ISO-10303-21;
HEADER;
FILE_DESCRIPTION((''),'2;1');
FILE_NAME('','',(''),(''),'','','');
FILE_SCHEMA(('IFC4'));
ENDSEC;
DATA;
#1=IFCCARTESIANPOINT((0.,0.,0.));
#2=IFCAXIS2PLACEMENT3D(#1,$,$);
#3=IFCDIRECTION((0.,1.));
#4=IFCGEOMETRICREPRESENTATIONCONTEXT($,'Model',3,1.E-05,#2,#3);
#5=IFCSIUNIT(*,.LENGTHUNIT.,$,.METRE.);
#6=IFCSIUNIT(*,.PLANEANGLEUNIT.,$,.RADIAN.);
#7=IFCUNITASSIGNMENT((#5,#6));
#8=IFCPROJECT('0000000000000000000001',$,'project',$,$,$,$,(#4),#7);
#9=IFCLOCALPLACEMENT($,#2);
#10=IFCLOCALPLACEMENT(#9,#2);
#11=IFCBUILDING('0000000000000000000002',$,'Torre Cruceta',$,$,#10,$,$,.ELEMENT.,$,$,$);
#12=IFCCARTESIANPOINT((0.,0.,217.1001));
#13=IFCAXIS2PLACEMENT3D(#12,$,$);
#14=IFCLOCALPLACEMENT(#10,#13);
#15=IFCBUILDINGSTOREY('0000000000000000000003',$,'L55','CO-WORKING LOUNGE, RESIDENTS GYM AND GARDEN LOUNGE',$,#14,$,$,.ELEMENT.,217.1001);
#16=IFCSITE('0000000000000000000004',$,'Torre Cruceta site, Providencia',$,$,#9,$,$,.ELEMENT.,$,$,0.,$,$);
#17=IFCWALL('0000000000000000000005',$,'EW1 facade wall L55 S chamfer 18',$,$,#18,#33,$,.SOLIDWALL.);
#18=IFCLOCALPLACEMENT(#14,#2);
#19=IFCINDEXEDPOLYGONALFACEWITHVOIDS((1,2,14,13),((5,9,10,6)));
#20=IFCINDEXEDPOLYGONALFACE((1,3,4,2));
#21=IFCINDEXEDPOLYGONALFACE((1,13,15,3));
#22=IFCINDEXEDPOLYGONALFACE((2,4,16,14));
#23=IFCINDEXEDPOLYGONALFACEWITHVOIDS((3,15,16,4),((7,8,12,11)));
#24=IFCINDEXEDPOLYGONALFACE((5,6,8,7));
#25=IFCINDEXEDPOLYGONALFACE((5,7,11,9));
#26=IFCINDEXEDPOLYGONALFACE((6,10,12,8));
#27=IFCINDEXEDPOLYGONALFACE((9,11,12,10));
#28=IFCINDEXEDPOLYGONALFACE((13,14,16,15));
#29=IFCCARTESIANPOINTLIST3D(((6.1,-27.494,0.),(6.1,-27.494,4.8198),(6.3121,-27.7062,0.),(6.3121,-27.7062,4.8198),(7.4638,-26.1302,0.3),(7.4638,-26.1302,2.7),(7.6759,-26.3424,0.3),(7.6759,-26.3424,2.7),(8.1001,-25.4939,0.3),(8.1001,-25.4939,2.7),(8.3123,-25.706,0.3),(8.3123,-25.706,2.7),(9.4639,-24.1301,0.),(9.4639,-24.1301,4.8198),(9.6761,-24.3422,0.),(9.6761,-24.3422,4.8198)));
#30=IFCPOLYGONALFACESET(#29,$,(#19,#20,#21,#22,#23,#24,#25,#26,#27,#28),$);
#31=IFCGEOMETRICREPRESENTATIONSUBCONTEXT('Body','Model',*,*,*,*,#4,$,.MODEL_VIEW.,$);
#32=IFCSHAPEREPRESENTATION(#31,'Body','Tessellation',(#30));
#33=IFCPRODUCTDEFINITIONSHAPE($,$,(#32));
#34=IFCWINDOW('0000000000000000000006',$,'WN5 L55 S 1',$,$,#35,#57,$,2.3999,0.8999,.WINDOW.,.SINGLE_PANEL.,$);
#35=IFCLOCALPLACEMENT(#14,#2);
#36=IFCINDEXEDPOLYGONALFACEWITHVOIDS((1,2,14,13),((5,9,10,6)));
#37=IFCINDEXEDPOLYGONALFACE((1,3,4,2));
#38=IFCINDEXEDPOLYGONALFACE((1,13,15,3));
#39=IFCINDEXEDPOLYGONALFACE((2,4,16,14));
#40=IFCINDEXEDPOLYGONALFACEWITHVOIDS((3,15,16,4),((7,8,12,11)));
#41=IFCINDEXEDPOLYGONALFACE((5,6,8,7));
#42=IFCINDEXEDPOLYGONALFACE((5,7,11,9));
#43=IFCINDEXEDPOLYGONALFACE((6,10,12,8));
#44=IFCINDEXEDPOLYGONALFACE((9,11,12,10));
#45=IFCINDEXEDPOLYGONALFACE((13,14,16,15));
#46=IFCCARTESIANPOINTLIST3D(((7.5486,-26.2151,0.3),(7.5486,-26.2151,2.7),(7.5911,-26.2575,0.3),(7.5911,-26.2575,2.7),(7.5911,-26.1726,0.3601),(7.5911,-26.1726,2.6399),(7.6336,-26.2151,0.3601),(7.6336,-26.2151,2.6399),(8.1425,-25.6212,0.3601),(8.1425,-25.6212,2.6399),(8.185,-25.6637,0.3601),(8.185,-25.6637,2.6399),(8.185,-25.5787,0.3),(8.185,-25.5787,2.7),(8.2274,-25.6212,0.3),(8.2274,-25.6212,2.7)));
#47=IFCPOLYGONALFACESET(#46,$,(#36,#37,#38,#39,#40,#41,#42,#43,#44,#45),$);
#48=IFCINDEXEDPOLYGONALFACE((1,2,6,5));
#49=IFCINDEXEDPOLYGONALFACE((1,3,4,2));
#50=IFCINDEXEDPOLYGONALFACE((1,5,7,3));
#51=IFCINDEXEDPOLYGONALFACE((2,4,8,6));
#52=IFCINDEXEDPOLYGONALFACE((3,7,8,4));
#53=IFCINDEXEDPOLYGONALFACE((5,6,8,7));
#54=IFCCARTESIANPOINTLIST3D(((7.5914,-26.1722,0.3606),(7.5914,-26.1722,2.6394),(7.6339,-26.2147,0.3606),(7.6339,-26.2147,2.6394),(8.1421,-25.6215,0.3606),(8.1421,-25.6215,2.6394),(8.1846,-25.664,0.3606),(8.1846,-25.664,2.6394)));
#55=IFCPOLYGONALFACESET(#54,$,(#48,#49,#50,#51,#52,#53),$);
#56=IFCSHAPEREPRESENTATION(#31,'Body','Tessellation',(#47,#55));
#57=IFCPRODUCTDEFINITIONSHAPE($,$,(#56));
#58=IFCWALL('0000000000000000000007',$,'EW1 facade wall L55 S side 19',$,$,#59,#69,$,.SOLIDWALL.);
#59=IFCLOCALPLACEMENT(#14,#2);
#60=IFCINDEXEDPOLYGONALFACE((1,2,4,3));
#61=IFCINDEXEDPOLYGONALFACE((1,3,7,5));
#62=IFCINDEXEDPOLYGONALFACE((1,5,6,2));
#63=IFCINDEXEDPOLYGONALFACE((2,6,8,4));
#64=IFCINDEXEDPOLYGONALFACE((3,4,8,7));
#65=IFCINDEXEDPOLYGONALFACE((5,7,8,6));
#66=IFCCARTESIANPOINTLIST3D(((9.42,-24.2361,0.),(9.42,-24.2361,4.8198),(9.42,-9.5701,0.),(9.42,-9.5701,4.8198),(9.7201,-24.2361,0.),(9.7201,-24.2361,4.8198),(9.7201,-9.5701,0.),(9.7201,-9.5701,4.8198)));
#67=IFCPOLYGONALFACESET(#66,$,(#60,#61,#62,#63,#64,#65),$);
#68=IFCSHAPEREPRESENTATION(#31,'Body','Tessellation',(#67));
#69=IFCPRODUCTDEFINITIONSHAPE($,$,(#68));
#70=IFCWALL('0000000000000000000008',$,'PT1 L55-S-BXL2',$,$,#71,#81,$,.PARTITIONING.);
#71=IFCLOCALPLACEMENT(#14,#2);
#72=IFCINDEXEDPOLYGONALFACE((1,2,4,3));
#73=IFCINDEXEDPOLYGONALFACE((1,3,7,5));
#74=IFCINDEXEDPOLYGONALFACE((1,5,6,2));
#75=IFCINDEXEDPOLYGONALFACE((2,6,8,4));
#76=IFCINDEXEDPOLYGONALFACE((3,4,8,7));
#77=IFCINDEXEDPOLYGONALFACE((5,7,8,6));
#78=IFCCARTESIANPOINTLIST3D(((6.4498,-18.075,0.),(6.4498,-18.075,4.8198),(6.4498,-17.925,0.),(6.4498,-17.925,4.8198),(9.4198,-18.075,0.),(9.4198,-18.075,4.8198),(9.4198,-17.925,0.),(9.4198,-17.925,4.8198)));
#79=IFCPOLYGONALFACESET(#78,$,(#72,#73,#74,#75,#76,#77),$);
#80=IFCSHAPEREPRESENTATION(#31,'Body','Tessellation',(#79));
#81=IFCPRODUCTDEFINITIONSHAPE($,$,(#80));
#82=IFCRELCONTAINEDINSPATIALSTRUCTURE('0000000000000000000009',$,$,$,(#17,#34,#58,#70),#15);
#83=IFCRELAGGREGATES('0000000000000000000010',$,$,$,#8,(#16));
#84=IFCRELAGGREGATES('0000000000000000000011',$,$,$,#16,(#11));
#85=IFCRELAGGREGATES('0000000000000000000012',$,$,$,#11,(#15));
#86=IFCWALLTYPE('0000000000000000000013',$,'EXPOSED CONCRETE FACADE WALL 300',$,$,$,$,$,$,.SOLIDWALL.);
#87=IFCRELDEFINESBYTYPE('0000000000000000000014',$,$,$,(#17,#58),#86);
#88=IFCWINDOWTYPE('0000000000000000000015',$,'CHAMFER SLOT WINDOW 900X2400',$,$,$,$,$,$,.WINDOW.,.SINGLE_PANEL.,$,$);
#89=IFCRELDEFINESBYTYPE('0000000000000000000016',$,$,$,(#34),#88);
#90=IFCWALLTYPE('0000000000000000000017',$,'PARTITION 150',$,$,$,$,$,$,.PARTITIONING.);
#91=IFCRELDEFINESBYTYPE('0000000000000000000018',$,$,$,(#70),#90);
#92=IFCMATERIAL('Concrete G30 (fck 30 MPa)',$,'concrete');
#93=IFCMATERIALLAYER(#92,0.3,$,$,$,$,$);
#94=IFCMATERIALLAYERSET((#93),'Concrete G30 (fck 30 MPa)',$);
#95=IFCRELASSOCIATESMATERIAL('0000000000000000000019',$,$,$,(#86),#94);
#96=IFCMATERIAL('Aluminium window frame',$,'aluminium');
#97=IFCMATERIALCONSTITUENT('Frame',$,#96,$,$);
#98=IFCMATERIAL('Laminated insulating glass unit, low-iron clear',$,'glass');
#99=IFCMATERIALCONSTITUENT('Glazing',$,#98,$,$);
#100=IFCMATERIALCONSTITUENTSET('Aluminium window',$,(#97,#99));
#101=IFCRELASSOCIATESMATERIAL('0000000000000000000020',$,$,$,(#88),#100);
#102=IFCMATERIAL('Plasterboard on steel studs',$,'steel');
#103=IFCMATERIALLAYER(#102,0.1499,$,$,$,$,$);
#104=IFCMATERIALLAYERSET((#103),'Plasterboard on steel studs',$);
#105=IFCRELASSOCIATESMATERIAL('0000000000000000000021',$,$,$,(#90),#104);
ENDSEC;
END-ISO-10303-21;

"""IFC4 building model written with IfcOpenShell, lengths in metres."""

from ifc_helpers import new_model, si_unit, direction, frame, frame_2d, origin, place, context, subcontext, project, spatial, rectangle, hollow_rectangle, extrude, material, layer, layer_set, constituent, constituent_set, type_object, element, fill, save


model = new_model("IFC4")

# Units and contexts
model_context = context("Model", 3, precision=1e-05, world=origin(), true_north=direction((0.0, 1.0)))
body_context = subcontext(model_context, "Body", "Model", "MODEL_VIEW")
ifc_project = project(units=[si_unit("LENGTHUNIT", "METRE"), si_unit("PLANEANGLEUNIT", "RADIAN")], contexts=[model_context])

# Site, building, storey
site_placement = place(None, origin())
site = spatial("IfcSite", under=ifc_project, at=site_placement, Name="Torre Cruceta site, Providencia", CompositionType="ELEMENT", RefElevation=0.0)
building_placement = place(site_placement, origin())
building = spatial("IfcBuilding", under=site, at=building_placement, Name="Torre Cruceta", CompositionType="ELEMENT")
storey_placement = place(building_placement, frame((0.0, 0.0, 217.1001)))
storey = spatial("IfcBuildingStorey", under=building, at=storey_placement, Name="L55", Description="CO-WORKING LOUNGE, RESIDENTS GYM AND GARDEN LOUNGE", CompositionType="ELEMENT", Elevation=217.1001)

# Wall, opening, window
ifc_material_1 = material(Name="Concrete G30 (fck 30 MPa)", Category="concrete")
ifc_layer_1 = layer(ifc_material_1, 0.3)
ifc_layer_set_1 = layer_set([ifc_layer_1], Name="Concrete G30 (fck 30 MPa)")
wall_type_1 = type_object("IfcWallType", Name="EXPOSED CONCRETE FACADE WALL 300", PredefinedType="SOLIDWALL", material=ifc_layer_set_1)
wall_1_placement = place(storey_placement, frame((6.2061, -27.6001, 0.0), z_axis=(0.0, 0.0, 1.0), x_axis=(0.707107, 0.707107, 0.0)))
wall_1 = element("IfcWall", 1, at=wall_1_placement, inside=storey, type_object=wall_type_1, Name="EW1 facade wall L55 S chamfer 18", PredefinedType="SOLIDWALL", context=body_context, shape_type="SweptSolid", body=[
    extrude(rectangle(XDim=4.7573, YDim=0.3, at=frame_2d((2.3787, 0.0))), origin(), (0.0, 0.0, 1.0), 4.8198),
])
opening_placement = place(wall_1_placement, frame((1.9287, 0.0, 0.3)))
opening = element("IfcOpeningElement", 2, at=opening_placement, cuts=wall_1, PredefinedType="OPENING", context=body_context, shape_type="SweptSolid", body=[
    extrude(rectangle(XDim=0.8999, YDim=2.3999, at=frame_2d((0.45, 1.2))), frame((0.0, 0.1599, 0.0), z_axis=(0.0, -1.0, 0.0), x_axis=(1.0, 0.0, 0.0)), (0.0, 0.0, 1.0), 0.3201),
])
ifc_material_2 = material(Name="Aluminium window frame", Category="aluminium")
ifc_constituent_1 = constituent(ifc_material_2, Name="Frame")
ifc_material_3 = material(Name="Laminated insulating glass unit, low-iron clear", Category="glass")
ifc_constituent_2 = constituent(ifc_material_3, Name="Glazing")
ifc_constituent_set = constituent_set(constituents=[ifc_constituent_1, ifc_constituent_2], Name="Aluminium window")
window_type = type_object("IfcWindowType", Name="CHAMFER SLOT WINDOW 900X2400", PartitioningType="SINGLE_PANEL", PredefinedType="WINDOW", material=ifc_constituent_set)
window_placement = place(opening_placement, origin())
window = element("IfcWindow", 3, at=window_placement, inside=storey, type_object=window_type, Name="WN5 L55 S 1", OverallHeight=2.3999, OverallWidth=0.8999, PartitioningType="SINGLE_PANEL", PredefinedType="WINDOW", context=body_context, shape_type="SweptSolid", body=[
    extrude(hollow_rectangle(XDim=0.8999, YDim=2.3999, WallThickness=0.0601, at=frame_2d((0.45, 1.2))), frame((0.0, 0.03, 0.0), z_axis=(0.0, -1.0, 0.0), x_axis=(1.0, 0.0, 0.0)), (0.0, 0.0, 1.0), 0.0601),
    extrude(rectangle(XDim=0.7788, YDim=2.2788, at=frame_2d((0.45, 1.2))), frame((0.0, 0.03, 0.0), z_axis=(0.0, -1.0, 0.0), x_axis=(1.0, 0.0, 0.0)), (0.0, 0.0, 1.0), 0.0601),
])
fill(opening, window)

# Walls
wall_2_placement = place(storey_placement, frame((9.5701, -24.2361, 0.0), z_axis=(0.0, 0.0, 1.0), x_axis=(0.0, 1.0, 0.0)))
element("IfcWall", 4, at=wall_2_placement, inside=storey, type_object=wall_type_1, Name="EW1 facade wall L55 S side 19", PredefinedType="SOLIDWALL", context=body_context, shape_type="SweptSolid", body=[
    extrude(rectangle(XDim=14.666, YDim=0.3, at=frame_2d((7.333, 0.0))), origin(), (0.0, 0.0, 1.0), 4.8198),
])
ifc_material_4 = material(Name="Plasterboard on steel studs", Category="steel")
ifc_layer_2 = layer(ifc_material_4, 0.1499)
ifc_layer_set_2 = layer_set([ifc_layer_2], Name="Plasterboard on steel studs")
wall_type_2 = type_object("IfcWallType", Name="PARTITION 150", PredefinedType="PARTITIONING", material=ifc_layer_set_2)
wall_3_placement = place(storey_placement, frame((6.45, -18.0, 0.0), z_axis=(0.0, 0.0, 1.0), x_axis=(1.0, 0.0, 0.0)))
element("IfcWall", 5, at=wall_3_placement, inside=storey, type_object=wall_type_2, Name="PT1 L55-S-BXL2", PredefinedType="PARTITIONING", context=body_context, shape_type="SweptSolid", body=[
    extrude(rectangle(XDim=2.97, YDim=0.1499, at=frame_2d((1.4849, 0.0))), origin(), (0.0, 0.0, 1.0), 4.8198),
])

save(model, "model.ifc")
